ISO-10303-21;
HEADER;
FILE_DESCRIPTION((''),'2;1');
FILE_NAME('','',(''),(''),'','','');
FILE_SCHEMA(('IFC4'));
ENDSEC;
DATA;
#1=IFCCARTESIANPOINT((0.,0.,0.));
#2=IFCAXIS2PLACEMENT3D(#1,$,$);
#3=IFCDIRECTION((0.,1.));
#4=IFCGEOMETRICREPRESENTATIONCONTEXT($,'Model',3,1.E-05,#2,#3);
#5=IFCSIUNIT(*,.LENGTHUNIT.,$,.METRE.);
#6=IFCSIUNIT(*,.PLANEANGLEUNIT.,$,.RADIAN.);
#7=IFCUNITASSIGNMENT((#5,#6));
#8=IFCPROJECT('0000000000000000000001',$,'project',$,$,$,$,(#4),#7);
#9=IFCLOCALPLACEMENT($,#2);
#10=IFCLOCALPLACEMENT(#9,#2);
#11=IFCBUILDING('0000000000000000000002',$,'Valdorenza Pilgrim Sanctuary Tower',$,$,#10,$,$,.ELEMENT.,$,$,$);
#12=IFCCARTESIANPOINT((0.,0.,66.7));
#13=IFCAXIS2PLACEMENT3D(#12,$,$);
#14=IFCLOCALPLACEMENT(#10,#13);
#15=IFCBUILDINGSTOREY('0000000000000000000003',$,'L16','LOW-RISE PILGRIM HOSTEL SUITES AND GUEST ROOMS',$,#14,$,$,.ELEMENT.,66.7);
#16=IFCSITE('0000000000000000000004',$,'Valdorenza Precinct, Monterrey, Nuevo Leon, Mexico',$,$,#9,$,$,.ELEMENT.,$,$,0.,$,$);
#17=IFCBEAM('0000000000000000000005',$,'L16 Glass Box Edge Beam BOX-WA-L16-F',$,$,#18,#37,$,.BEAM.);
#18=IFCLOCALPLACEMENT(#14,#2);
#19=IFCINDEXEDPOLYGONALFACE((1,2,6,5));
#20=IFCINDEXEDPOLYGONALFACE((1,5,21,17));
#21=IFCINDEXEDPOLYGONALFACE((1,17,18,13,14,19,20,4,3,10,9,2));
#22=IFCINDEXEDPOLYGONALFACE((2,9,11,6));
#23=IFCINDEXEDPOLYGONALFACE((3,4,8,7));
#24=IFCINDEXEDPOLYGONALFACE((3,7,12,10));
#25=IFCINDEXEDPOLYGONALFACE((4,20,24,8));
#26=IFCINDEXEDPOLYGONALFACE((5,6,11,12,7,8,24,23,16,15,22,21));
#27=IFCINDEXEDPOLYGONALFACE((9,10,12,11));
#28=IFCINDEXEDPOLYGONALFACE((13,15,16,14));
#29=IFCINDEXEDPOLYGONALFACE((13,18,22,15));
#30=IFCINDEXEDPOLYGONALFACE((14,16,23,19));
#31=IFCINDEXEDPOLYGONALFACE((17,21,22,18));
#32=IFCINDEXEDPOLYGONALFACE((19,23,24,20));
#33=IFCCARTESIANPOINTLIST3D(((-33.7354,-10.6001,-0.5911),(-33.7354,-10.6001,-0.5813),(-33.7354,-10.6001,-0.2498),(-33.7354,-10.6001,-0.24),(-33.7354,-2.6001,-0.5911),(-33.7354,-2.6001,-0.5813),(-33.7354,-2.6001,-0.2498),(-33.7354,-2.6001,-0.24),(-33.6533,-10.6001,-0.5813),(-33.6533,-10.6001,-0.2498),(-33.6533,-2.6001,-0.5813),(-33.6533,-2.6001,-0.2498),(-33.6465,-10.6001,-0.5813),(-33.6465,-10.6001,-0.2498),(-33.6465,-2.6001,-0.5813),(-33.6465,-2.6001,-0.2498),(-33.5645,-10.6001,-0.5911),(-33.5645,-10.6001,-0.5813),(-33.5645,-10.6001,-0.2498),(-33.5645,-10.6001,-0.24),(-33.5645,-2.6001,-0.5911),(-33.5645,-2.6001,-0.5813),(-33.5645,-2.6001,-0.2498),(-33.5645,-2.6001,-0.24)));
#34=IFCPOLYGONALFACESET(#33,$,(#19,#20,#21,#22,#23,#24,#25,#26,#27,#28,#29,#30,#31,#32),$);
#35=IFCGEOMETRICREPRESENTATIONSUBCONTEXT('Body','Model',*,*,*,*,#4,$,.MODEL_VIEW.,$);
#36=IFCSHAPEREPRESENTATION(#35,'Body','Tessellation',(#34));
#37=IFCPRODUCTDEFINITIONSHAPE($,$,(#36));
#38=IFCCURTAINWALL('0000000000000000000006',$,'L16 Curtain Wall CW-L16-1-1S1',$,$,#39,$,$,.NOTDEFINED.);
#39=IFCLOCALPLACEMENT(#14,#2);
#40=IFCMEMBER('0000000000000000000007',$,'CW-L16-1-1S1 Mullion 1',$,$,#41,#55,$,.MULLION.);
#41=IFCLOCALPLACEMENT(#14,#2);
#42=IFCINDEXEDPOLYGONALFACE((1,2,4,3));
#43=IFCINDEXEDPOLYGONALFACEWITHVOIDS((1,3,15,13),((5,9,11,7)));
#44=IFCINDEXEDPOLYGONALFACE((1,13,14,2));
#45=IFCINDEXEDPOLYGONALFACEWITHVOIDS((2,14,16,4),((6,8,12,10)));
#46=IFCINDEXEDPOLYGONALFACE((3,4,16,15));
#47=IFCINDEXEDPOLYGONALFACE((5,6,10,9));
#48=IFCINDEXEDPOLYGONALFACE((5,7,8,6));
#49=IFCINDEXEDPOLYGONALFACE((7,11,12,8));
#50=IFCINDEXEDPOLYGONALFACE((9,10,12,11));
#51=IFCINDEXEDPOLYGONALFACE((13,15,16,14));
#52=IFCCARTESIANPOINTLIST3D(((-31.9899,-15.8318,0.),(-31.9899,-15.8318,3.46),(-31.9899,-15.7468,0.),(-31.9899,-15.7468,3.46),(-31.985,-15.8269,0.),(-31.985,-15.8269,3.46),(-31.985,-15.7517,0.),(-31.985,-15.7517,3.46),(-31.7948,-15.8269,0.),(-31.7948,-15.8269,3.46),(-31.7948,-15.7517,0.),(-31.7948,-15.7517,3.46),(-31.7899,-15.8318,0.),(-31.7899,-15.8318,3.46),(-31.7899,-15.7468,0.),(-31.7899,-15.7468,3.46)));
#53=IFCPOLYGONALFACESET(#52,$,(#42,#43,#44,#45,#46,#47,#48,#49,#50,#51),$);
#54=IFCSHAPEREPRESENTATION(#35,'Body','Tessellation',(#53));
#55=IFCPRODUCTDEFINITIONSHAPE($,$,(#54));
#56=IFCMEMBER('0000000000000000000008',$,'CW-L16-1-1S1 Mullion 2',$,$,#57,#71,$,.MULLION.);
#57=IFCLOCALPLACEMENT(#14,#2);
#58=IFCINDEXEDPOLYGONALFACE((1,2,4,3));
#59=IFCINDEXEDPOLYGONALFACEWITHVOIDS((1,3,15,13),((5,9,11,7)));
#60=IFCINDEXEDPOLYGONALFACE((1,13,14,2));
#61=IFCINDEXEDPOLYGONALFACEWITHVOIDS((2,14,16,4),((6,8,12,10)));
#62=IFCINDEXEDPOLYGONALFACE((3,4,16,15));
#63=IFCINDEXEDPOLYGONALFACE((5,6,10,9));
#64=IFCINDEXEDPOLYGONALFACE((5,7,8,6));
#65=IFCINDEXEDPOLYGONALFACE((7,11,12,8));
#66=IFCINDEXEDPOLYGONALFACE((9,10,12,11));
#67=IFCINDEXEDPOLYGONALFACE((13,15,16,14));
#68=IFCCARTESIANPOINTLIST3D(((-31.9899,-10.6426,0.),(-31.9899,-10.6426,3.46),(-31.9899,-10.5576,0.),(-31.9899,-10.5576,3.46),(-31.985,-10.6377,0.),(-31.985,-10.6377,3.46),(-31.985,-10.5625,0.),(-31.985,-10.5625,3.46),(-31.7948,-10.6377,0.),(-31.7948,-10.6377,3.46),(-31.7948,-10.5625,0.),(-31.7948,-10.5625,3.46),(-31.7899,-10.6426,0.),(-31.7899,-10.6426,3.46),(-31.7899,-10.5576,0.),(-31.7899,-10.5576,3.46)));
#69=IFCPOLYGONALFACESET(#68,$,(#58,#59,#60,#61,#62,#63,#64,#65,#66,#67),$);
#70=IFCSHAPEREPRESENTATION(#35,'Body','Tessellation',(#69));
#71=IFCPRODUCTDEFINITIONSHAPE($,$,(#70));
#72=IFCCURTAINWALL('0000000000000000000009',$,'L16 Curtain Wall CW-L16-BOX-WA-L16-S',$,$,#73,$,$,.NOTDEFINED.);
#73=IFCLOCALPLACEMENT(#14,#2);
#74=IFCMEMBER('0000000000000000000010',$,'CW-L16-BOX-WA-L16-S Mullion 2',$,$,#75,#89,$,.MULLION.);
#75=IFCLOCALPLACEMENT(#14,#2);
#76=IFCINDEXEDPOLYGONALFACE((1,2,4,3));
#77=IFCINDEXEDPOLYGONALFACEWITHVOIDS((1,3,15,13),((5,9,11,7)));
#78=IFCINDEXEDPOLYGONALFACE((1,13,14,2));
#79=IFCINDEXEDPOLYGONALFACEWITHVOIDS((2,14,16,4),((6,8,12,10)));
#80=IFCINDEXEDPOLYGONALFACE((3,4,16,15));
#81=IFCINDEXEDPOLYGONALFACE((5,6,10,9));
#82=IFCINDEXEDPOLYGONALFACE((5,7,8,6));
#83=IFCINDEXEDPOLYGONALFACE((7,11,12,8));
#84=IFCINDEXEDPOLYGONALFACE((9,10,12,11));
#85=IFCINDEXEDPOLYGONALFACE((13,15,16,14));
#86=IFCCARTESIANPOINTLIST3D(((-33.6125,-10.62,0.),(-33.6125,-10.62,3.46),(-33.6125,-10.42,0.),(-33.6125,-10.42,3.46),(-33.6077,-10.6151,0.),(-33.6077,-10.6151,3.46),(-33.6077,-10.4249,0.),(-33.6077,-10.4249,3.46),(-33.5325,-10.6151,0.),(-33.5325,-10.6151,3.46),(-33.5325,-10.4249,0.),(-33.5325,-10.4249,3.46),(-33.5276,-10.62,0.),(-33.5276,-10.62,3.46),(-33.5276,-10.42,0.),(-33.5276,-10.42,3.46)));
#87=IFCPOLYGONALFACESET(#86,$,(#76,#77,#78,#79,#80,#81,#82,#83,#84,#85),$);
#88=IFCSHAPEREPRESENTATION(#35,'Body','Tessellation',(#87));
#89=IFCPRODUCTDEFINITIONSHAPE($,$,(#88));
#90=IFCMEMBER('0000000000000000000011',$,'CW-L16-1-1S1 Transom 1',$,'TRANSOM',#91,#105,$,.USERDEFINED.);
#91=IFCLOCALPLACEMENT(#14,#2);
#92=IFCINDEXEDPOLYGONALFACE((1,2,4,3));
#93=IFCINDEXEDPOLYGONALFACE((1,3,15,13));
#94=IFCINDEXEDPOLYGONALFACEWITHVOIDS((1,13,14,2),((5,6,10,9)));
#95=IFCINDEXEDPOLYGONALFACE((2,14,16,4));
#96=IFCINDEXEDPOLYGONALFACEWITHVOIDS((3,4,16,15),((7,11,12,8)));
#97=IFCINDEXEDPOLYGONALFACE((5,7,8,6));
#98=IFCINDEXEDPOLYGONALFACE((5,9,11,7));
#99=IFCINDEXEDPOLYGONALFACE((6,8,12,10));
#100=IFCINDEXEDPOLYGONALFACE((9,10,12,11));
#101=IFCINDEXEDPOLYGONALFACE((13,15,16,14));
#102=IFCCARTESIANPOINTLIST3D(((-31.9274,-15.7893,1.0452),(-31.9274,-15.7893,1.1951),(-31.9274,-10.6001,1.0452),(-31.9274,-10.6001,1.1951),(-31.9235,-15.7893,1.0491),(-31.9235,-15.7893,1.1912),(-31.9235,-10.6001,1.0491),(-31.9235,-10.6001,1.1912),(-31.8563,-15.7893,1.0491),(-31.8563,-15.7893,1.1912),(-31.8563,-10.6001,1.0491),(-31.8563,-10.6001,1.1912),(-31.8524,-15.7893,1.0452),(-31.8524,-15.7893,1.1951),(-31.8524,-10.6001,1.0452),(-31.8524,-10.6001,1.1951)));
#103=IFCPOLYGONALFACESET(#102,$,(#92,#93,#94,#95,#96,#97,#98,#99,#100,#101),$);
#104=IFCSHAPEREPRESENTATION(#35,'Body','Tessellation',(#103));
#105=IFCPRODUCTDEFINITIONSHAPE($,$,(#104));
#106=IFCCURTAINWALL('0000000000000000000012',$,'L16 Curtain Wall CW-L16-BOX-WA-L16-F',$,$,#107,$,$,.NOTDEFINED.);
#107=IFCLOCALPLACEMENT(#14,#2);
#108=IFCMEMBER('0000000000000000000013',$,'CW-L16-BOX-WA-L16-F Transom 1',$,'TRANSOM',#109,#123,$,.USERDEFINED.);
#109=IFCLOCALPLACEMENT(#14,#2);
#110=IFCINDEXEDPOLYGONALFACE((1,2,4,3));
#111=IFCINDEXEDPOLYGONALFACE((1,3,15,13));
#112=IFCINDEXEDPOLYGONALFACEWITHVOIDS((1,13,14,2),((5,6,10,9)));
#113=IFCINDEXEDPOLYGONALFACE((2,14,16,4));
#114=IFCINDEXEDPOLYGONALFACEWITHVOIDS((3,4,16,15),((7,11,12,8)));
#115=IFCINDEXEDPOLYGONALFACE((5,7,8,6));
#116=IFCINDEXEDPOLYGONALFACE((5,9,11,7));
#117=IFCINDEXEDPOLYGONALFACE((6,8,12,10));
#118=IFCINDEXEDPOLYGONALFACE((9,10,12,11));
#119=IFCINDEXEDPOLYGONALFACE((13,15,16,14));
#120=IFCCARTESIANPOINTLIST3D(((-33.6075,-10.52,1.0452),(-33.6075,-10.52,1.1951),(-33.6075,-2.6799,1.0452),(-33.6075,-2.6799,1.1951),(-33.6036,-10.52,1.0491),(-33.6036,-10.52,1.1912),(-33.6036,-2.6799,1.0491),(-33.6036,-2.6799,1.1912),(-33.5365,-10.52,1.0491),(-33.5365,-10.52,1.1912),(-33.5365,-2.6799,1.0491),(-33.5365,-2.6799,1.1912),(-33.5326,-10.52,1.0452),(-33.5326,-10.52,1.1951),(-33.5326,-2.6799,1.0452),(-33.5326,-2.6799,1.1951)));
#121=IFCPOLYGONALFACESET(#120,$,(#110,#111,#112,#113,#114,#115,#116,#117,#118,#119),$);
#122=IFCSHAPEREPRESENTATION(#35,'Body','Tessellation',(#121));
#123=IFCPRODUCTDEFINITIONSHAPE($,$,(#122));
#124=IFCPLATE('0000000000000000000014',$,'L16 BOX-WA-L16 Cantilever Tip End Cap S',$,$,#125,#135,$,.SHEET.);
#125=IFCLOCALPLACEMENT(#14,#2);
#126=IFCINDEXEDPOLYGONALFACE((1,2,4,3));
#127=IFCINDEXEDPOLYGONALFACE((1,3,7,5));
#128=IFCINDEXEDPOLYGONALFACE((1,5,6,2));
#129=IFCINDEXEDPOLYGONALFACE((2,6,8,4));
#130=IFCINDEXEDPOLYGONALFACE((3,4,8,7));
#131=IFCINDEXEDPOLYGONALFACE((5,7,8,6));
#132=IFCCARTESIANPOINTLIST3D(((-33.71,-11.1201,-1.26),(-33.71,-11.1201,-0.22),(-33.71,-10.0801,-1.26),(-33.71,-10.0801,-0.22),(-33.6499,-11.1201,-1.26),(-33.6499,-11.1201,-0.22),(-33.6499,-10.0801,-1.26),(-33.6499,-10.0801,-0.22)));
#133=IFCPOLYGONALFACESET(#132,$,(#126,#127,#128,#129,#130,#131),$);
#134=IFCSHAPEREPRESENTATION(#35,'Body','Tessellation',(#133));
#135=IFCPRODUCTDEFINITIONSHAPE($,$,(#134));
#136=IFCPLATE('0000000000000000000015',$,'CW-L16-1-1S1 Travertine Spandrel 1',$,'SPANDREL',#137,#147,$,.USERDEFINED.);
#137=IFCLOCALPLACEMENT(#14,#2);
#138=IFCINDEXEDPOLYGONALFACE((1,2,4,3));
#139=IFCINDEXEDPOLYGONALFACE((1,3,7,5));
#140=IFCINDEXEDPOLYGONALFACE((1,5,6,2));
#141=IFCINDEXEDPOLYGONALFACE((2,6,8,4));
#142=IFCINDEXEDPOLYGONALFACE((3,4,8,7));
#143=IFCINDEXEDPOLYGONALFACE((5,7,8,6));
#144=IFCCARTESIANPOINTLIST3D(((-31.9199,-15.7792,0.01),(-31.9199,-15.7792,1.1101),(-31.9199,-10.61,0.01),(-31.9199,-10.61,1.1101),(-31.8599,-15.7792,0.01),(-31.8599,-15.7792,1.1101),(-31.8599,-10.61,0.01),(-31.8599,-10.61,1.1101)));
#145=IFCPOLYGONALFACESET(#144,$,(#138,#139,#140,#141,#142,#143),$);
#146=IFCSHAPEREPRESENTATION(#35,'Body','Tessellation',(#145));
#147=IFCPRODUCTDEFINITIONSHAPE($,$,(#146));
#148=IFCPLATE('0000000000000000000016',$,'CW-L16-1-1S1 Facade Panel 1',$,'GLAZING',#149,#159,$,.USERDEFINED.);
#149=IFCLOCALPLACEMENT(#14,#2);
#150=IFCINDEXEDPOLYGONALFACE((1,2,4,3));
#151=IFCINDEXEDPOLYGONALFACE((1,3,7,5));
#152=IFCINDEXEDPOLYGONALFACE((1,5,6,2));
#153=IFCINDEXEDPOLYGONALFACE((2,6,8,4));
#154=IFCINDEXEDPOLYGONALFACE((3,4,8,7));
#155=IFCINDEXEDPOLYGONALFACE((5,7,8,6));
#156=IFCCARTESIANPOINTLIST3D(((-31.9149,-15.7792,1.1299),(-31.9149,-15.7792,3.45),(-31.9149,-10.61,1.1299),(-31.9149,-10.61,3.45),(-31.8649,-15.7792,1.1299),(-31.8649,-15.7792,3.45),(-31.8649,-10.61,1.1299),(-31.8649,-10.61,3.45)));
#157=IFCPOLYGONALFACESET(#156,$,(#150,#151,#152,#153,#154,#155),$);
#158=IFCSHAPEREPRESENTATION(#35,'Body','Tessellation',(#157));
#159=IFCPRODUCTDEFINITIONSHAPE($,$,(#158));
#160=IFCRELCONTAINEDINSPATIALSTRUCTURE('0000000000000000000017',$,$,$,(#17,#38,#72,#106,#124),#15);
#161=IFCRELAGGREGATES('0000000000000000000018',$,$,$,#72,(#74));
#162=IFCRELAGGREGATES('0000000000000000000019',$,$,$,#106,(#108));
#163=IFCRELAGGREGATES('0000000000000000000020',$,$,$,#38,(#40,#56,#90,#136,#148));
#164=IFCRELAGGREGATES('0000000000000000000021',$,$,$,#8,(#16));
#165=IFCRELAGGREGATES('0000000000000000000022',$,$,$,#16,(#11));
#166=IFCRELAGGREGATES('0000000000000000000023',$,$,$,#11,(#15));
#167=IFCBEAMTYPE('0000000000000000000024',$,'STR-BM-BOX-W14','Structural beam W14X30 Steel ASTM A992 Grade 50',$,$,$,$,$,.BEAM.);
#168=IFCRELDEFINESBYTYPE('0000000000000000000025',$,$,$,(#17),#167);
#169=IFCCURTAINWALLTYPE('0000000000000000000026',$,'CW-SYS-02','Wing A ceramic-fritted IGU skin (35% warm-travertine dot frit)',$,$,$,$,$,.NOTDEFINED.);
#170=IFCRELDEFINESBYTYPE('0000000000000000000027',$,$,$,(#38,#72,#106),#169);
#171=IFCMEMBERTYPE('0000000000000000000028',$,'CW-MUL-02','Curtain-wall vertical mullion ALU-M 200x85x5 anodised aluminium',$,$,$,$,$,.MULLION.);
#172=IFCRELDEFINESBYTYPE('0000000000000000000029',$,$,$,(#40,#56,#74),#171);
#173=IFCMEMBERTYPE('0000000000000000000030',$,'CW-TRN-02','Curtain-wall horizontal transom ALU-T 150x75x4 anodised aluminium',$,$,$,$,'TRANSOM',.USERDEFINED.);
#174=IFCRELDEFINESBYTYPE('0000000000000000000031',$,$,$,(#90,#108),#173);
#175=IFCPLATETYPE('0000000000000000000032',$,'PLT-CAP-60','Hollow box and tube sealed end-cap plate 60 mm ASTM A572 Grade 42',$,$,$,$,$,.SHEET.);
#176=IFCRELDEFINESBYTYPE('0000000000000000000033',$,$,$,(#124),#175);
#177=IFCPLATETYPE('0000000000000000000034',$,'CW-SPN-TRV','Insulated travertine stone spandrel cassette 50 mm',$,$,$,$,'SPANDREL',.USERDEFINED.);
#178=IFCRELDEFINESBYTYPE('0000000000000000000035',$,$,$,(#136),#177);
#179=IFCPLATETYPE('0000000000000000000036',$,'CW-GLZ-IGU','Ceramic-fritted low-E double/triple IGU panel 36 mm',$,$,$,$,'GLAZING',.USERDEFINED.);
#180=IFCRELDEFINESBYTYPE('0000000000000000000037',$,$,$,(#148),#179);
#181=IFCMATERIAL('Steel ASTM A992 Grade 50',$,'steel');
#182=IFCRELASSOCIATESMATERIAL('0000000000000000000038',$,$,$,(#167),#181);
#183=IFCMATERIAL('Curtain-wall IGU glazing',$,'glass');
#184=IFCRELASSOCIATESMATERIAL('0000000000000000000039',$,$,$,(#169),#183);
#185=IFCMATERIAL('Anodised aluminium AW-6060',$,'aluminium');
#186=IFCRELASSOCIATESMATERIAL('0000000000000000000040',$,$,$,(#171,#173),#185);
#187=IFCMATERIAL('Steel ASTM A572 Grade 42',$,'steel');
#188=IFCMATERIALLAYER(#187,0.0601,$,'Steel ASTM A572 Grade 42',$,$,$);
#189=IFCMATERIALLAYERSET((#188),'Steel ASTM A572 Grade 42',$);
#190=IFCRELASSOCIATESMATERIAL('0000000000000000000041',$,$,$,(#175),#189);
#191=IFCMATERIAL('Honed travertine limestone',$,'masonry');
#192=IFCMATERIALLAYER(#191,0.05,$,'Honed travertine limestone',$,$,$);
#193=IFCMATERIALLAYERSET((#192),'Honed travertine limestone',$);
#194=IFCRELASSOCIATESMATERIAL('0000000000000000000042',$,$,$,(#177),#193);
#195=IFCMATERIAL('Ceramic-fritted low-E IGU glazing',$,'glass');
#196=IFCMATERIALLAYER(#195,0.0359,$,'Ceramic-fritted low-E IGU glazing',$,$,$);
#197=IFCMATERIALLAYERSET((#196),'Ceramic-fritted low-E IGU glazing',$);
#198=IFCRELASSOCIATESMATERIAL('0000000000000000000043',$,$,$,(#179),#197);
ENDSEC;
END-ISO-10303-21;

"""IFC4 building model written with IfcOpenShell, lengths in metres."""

from ifc_helpers import new_model, si_unit, direction, frame, origin, origin_2d, place, context, subcontext, project, spatial, rectangle, hollow_rectangle, i_section, extrude, source, transform, mapped, material, layer, layer_set, material_profile, profile_set, type_object, element, aggregate, save


model = new_model("IFC4")

# Units and contexts
model_context = context("Model", 3, precision=1e-05, world=origin(), true_north=direction((0.0, 1.0)))
body_context = subcontext(model_context, "Body", "Model", "MODEL_VIEW")
ifc_project = project(units=[si_unit("LENGTHUNIT", "METRE"), si_unit("PLANEANGLEUNIT", "RADIAN")], contexts=[model_context])

# Site, building, storey
site_placement = place(None, origin())
site = spatial("IfcSite", under=ifc_project, at=site_placement, Name="Valdorenza Precinct, Monterrey, Nuevo Leon, Mexico", CompositionType="ELEMENT", RefElevation=0.0)
building_placement = place(site_placement, origin())
building = spatial("IfcBuilding", under=site, at=building_placement, Name="Valdorenza Pilgrim Sanctuary Tower", CompositionType="ELEMENT")
storey_placement = place(building_placement, frame((0.0, 0.0, 66.7)))
storey = spatial("IfcBuildingStorey", under=building, at=storey_placement, Name="L16", Description="LOW-RISE PILGRIM HOSTEL SUITES AND GUEST ROOMS", CompositionType="ELEMENT", Elevation=66.7)

# Beam
ifc_material_1 = material(Name="Steel ASTM A992 Grade 50", Category="steel")
ifc_material_profile_1 = material_profile(ifc_material_1, i_section(OverallWidth=0.1709, OverallDepth=0.3511, WebThickness=0.0068, FlangeThickness=0.0098, at=origin_2d()), Name="W14X30")
ifc_profile_set_1 = profile_set([ifc_material_profile_1], Name="Steel ASTM A992 Grade 50")
beam_type = type_object("IfcBeamType", Name="STR-BM-BOX-W14", Description="Structural beam W14X30 Steel ASTM A992 Grade 50", PredefinedType="BEAM", material=ifc_profile_set_1)
shared_shape_1 = source(origin(), body_context, "Body", "SweptSolid", [
    extrude(i_section(OverallWidth=0.1709, OverallDepth=0.3511, WebThickness=0.0068, FlangeThickness=0.0098, at=origin_2d()), origin(), (0.0, 0.0, 1.0), 8.0),
])
beam_placement = place(storey_placement, frame((-33.6499, -10.6001, -0.4155), z_axis=(0.0, 1.0, 0.0), x_axis=(-1.0, 0.0, 0.0)))
element("IfcBeam", 1, at=beam_placement, inside=storey, type_object=beam_type, Name="L16 Glass Box Edge Beam BOX-WA-L16-F", PredefinedType="BEAM", context=body_context, shape_type="MappedRepresentation", body=[
    mapped(shared_shape_1, transform((0.0, 0.0, 0.0), x_axis=(1.0, 0.0, 0.0), y_axis=(0.0, 1.0, 0.0), z_axis=(0.0, 0.0, 1.0), scale=1.0)),
])

# Curtain wall, members
ifc_material_2 = material(Name="Curtain-wall IGU glazing", Category="glass")
curtain_wall_type = type_object("IfcCurtainWallType", Name="CW-SYS-02", Description="Wing A ceramic-fritted IGU skin (35% warm-travertine dot frit)", PredefinedType="NOTDEFINED", material=ifc_material_2)
curtain_wall_1_placement = place(storey_placement, origin())
curtain_wall_1 = element("IfcCurtainWall", 2, at=curtain_wall_1_placement, inside=storey, type_object=curtain_wall_type, Name="L16 Curtain Wall CW-L16-1-1S1", PredefinedType="NOTDEFINED")
ifc_material_3 = material(Name="Anodised aluminium AW-6060", Category="aluminium")
ifc_material_profile_2 = material_profile(ifc_material_3, hollow_rectangle(XDim=0.085, YDim=0.2, WallThickness=0.0049, at=origin_2d()), Name="ALU-M 200x85x5")
ifc_profile_set_2 = profile_set([ifc_material_profile_2], Name="Anodised aluminium AW-6060")
member_type_1 = type_object("IfcMemberType", Name="CW-MUL-02", Description="Curtain-wall vertical mullion ALU-M 200x85x5 anodised aluminium", PredefinedType="MULLION", material=ifc_profile_set_2)
shared_shape_2 = source(origin(), body_context, "Body", "SweptSolid", [
    extrude(hollow_rectangle(XDim=0.085, YDim=0.2, WallThickness=0.0049, at=origin_2d()), origin(), (0.0, 0.0, 1.0), 3.46),
])
member_1_placement = place(storey_placement, frame((-31.8899, -15.7893, 0.0), z_axis=(0.0, 0.0, 1.0), x_axis=(0.0, 1.0, 0.0)))
member_1 = element("IfcMember", 3, at=member_1_placement, type_object=member_type_1, Name="CW-L16-1-1S1 Mullion 1", PredefinedType="MULLION", context=body_context, shape_type="MappedRepresentation", body=[
    mapped(shared_shape_2, transform((0.0, 0.0, 0.0), x_axis=(1.0, 0.0, 0.0), y_axis=(0.0, 1.0, 0.0), z_axis=(0.0, 0.0, 1.0), scale=1.0)),
])
member_2_placement = place(storey_placement, frame((-31.8899, -10.6001, 0.0), z_axis=(0.0, 0.0, 1.0), x_axis=(0.0, 1.0, 0.0)))
member_2 = element("IfcMember", 4, at=member_2_placement, type_object=member_type_1, Name="CW-L16-1-1S1 Mullion 2", PredefinedType="MULLION", context=body_context, shape_type="MappedRepresentation", body=[
    mapped(shared_shape_2, transform((0.0, 0.0, 0.0), x_axis=(1.0, 0.0, 0.0), y_axis=(0.0, 1.0, 0.0), z_axis=(0.0, 0.0, 1.0), scale=1.0)),
])

# Curtain wall, member
curtain_wall_2_placement = place(storey_placement, origin())
curtain_wall_2 = element("IfcCurtainWall", 5, at=curtain_wall_2_placement, inside=storey, type_object=curtain_wall_type, Name="L16 Curtain Wall CW-L16-BOX-WA-L16-S", PredefinedType="NOTDEFINED")
member_3_placement = place(storey_placement, frame((-33.5701, -10.52, 0.0), z_axis=(0.0, 0.0, 1.0), x_axis=(-1.0, 0.0, 0.0)))
member_3 = element("IfcMember", 6, at=member_3_placement, type_object=member_type_1, Name="CW-L16-BOX-WA-L16-S Mullion 2", PredefinedType="MULLION", context=body_context, shape_type="MappedRepresentation", body=[
    mapped(shared_shape_2, transform((0.0, 0.0, 0.0), x_axis=(1.0, 0.0, 0.0), y_axis=(0.0, 1.0, 0.0), z_axis=(0.0, 0.0, 1.0), scale=1.0)),
])
aggregate(curtain_wall_2, [member_3])

# Member
ifc_material_profile_3 = material_profile(ifc_material_3, hollow_rectangle(XDim=0.075, YDim=0.1499, WallThickness=0.0039, at=origin_2d()), Name="ALU-T 150x75x4")
ifc_profile_set_3 = profile_set([ifc_material_profile_3], Name="Anodised aluminium AW-6060")
member_type_2 = type_object("IfcMemberType", Name="CW-TRN-02", Description="Curtain-wall horizontal transom ALU-T 150x75x4 anodised aluminium", ElementType="TRANSOM", PredefinedType="USERDEFINED", material=ifc_profile_set_3)
shared_shape_3 = source(origin(), body_context, "Body", "SweptSolid", [
    extrude(hollow_rectangle(XDim=0.075, YDim=0.1499, WallThickness=0.0039, at=origin_2d()), origin(), (0.0, 0.0, 1.0), 5.1892),
])
member_4_placement = place(storey_placement, frame((-31.8899, -15.7893, 1.1201), z_axis=(0.0, 1.0, 0.0), x_axis=(-1.0, 0.0, 0.0)))
member_4 = element("IfcMember", 7, at=member_4_placement, type_object=member_type_2, Name="CW-L16-1-1S1 Transom 1", ObjectType="TRANSOM", PredefinedType="USERDEFINED", context=body_context, shape_type="MappedRepresentation", body=[
    mapped(shared_shape_3, transform((0.0, 0.0, 0.0), x_axis=(1.0, 0.0, 0.0), y_axis=(0.0, 1.0, 0.0), z_axis=(0.0, 0.0, 1.0), scale=1.0)),
])

# Curtain wall, member
curtain_wall_3_placement = place(storey_placement, origin())
curtain_wall_3 = element("IfcCurtainWall", 8, at=curtain_wall_3_placement, inside=storey, type_object=curtain_wall_type, Name="L16 Curtain Wall CW-L16-BOX-WA-L16-F", PredefinedType="NOTDEFINED")
shared_shape_4 = source(origin(), body_context, "Body", "SweptSolid", [
    extrude(hollow_rectangle(XDim=0.075, YDim=0.1499, WallThickness=0.0039, at=origin_2d()), origin(), (0.0, 0.0, 1.0), 7.8401),
])
member_5_placement = place(storey_placement, frame((-33.5701, -10.52, 1.1201), z_axis=(0.0, 1.0, 0.0), x_axis=(-1.0, 0.0, 0.0)))
member_5 = element("IfcMember", 9, at=member_5_placement, type_object=member_type_2, Name="CW-L16-BOX-WA-L16-F Transom 1", ObjectType="TRANSOM", PredefinedType="USERDEFINED", context=body_context, shape_type="MappedRepresentation", body=[
    mapped(shared_shape_4, transform((0.0, 0.0, 0.0), x_axis=(1.0, 0.0, 0.0), y_axis=(0.0, 1.0, 0.0), z_axis=(0.0, 0.0, 1.0), scale=1.0)),
])
aggregate(curtain_wall_3, [member_5])

# Plates
ifc_material_4 = material(Name="Steel ASTM A572 Grade 42", Category="steel")
ifc_layer_1 = layer(ifc_material_4, 0.0601, Name="Steel ASTM A572 Grade 42")
ifc_layer_set_1 = layer_set([ifc_layer_1], Name="Steel ASTM A572 Grade 42")
plate_type_1 = type_object("IfcPlateType", Name="PLT-CAP-60", Description="Hollow box and tube sealed end-cap plate 60 mm ASTM A572 Grade 42", PredefinedType="SHEET", material=ifc_layer_set_1)
shared_shape_5 = source(origin(), body_context, "Body", "SweptSolid", [
    extrude(rectangle(XDim=0.0601, YDim=1.04, at=origin_2d()), origin(), (0.0, 0.0, 1.0), 1.04),
])
plate_1_placement = place(storey_placement, frame((-33.6799, -10.6001, -1.26), z_axis=(0.0, 0.0, 1.0), x_axis=(1.0, 0.0, 0.0)))
element("IfcPlate", 10, at=plate_1_placement, inside=storey, type_object=plate_type_1, Name="L16 BOX-WA-L16 Cantilever Tip End Cap S", PredefinedType="SHEET", context=body_context, shape_type="MappedRepresentation", body=[
    mapped(shared_shape_5, transform((0.0, 0.0, 0.0), x_axis=(1.0, 0.0, 0.0), y_axis=(0.0, 1.0, 0.0), z_axis=(0.0, 0.0, 1.0), scale=1.0)),
])
ifc_material_5 = material(Name="Honed travertine limestone", Category="masonry")
ifc_layer_2 = layer(ifc_material_5, 0.05, Name="Honed travertine limestone")
ifc_layer_set_2 = layer_set([ifc_layer_2], Name="Honed travertine limestone")
plate_type_2 = type_object("IfcPlateType", Name="CW-SPN-TRV", Description="Insulated travertine stone spandrel cassette 50 mm", ElementType="SPANDREL", PredefinedType="USERDEFINED", material=ifc_layer_set_2)
shared_shape_6 = source(origin(), body_context, "Body", "SweptSolid", [
    extrude(rectangle(XDim=5.1692, YDim=0.0601, at=origin_2d()), origin(), (0.0, 0.0, 1.0), 1.1001),
])
plate_2_placement = place(storey_placement, frame((-31.8899, -13.1946, 0.01), z_axis=(0.0, 0.0, 1.0), x_axis=(0.0, 1.0, 0.0)))
plate_2 = element("IfcPlate", 11, at=plate_2_placement, type_object=plate_type_2, Name="CW-L16-1-1S1 Travertine Spandrel 1", ObjectType="SPANDREL", PredefinedType="USERDEFINED", context=body_context, shape_type="MappedRepresentation", body=[
    mapped(shared_shape_6, transform((0.0, 0.0, 0.0), x_axis=(1.0, 0.0, 0.0), y_axis=(0.0, 1.0, 0.0), z_axis=(0.0, 0.0, 1.0), scale=1.0)),
])
ifc_material_6 = material(Name="Ceramic-fritted low-E IGU glazing", Category="glass")
ifc_layer_3 = layer(ifc_material_6, 0.0359, Name="Ceramic-fritted low-E IGU glazing")
ifc_layer_set_3 = layer_set([ifc_layer_3], Name="Ceramic-fritted low-E IGU glazing")
plate_type_3 = type_object("IfcPlateType", Name="CW-GLZ-IGU", Description="Ceramic-fritted low-E double/triple IGU panel 36 mm", ElementType="GLAZING", PredefinedType="USERDEFINED", material=ifc_layer_set_3)
shared_shape_7 = source(origin(), body_context, "Body", "SweptSolid", [
    extrude(rectangle(XDim=5.1692, YDim=0.05, at=origin_2d()), origin(), (0.0, 0.0, 1.0), 2.3201),
])
plate_3_placement = place(storey_placement, frame((-31.8899, -13.1946, 1.1299), z_axis=(0.0, 0.0, 1.0), x_axis=(0.0, 1.0, 0.0)))
plate_3 = element("IfcPlate", 12, at=plate_3_placement, type_object=plate_type_3, Name="CW-L16-1-1S1 Facade Panel 1", ObjectType="GLAZING", PredefinedType="USERDEFINED", context=body_context, shape_type="MappedRepresentation", body=[
    mapped(shared_shape_7, transform((0.0, 0.0, 0.0), x_axis=(1.0, 0.0, 0.0), y_axis=(0.0, 1.0, 0.0), z_axis=(0.0, 0.0, 1.0), scale=1.0)),
])
aggregate(curtain_wall_1, [member_1, member_2, member_4, plate_2, plate_3])

save(model, "model.ifc")
